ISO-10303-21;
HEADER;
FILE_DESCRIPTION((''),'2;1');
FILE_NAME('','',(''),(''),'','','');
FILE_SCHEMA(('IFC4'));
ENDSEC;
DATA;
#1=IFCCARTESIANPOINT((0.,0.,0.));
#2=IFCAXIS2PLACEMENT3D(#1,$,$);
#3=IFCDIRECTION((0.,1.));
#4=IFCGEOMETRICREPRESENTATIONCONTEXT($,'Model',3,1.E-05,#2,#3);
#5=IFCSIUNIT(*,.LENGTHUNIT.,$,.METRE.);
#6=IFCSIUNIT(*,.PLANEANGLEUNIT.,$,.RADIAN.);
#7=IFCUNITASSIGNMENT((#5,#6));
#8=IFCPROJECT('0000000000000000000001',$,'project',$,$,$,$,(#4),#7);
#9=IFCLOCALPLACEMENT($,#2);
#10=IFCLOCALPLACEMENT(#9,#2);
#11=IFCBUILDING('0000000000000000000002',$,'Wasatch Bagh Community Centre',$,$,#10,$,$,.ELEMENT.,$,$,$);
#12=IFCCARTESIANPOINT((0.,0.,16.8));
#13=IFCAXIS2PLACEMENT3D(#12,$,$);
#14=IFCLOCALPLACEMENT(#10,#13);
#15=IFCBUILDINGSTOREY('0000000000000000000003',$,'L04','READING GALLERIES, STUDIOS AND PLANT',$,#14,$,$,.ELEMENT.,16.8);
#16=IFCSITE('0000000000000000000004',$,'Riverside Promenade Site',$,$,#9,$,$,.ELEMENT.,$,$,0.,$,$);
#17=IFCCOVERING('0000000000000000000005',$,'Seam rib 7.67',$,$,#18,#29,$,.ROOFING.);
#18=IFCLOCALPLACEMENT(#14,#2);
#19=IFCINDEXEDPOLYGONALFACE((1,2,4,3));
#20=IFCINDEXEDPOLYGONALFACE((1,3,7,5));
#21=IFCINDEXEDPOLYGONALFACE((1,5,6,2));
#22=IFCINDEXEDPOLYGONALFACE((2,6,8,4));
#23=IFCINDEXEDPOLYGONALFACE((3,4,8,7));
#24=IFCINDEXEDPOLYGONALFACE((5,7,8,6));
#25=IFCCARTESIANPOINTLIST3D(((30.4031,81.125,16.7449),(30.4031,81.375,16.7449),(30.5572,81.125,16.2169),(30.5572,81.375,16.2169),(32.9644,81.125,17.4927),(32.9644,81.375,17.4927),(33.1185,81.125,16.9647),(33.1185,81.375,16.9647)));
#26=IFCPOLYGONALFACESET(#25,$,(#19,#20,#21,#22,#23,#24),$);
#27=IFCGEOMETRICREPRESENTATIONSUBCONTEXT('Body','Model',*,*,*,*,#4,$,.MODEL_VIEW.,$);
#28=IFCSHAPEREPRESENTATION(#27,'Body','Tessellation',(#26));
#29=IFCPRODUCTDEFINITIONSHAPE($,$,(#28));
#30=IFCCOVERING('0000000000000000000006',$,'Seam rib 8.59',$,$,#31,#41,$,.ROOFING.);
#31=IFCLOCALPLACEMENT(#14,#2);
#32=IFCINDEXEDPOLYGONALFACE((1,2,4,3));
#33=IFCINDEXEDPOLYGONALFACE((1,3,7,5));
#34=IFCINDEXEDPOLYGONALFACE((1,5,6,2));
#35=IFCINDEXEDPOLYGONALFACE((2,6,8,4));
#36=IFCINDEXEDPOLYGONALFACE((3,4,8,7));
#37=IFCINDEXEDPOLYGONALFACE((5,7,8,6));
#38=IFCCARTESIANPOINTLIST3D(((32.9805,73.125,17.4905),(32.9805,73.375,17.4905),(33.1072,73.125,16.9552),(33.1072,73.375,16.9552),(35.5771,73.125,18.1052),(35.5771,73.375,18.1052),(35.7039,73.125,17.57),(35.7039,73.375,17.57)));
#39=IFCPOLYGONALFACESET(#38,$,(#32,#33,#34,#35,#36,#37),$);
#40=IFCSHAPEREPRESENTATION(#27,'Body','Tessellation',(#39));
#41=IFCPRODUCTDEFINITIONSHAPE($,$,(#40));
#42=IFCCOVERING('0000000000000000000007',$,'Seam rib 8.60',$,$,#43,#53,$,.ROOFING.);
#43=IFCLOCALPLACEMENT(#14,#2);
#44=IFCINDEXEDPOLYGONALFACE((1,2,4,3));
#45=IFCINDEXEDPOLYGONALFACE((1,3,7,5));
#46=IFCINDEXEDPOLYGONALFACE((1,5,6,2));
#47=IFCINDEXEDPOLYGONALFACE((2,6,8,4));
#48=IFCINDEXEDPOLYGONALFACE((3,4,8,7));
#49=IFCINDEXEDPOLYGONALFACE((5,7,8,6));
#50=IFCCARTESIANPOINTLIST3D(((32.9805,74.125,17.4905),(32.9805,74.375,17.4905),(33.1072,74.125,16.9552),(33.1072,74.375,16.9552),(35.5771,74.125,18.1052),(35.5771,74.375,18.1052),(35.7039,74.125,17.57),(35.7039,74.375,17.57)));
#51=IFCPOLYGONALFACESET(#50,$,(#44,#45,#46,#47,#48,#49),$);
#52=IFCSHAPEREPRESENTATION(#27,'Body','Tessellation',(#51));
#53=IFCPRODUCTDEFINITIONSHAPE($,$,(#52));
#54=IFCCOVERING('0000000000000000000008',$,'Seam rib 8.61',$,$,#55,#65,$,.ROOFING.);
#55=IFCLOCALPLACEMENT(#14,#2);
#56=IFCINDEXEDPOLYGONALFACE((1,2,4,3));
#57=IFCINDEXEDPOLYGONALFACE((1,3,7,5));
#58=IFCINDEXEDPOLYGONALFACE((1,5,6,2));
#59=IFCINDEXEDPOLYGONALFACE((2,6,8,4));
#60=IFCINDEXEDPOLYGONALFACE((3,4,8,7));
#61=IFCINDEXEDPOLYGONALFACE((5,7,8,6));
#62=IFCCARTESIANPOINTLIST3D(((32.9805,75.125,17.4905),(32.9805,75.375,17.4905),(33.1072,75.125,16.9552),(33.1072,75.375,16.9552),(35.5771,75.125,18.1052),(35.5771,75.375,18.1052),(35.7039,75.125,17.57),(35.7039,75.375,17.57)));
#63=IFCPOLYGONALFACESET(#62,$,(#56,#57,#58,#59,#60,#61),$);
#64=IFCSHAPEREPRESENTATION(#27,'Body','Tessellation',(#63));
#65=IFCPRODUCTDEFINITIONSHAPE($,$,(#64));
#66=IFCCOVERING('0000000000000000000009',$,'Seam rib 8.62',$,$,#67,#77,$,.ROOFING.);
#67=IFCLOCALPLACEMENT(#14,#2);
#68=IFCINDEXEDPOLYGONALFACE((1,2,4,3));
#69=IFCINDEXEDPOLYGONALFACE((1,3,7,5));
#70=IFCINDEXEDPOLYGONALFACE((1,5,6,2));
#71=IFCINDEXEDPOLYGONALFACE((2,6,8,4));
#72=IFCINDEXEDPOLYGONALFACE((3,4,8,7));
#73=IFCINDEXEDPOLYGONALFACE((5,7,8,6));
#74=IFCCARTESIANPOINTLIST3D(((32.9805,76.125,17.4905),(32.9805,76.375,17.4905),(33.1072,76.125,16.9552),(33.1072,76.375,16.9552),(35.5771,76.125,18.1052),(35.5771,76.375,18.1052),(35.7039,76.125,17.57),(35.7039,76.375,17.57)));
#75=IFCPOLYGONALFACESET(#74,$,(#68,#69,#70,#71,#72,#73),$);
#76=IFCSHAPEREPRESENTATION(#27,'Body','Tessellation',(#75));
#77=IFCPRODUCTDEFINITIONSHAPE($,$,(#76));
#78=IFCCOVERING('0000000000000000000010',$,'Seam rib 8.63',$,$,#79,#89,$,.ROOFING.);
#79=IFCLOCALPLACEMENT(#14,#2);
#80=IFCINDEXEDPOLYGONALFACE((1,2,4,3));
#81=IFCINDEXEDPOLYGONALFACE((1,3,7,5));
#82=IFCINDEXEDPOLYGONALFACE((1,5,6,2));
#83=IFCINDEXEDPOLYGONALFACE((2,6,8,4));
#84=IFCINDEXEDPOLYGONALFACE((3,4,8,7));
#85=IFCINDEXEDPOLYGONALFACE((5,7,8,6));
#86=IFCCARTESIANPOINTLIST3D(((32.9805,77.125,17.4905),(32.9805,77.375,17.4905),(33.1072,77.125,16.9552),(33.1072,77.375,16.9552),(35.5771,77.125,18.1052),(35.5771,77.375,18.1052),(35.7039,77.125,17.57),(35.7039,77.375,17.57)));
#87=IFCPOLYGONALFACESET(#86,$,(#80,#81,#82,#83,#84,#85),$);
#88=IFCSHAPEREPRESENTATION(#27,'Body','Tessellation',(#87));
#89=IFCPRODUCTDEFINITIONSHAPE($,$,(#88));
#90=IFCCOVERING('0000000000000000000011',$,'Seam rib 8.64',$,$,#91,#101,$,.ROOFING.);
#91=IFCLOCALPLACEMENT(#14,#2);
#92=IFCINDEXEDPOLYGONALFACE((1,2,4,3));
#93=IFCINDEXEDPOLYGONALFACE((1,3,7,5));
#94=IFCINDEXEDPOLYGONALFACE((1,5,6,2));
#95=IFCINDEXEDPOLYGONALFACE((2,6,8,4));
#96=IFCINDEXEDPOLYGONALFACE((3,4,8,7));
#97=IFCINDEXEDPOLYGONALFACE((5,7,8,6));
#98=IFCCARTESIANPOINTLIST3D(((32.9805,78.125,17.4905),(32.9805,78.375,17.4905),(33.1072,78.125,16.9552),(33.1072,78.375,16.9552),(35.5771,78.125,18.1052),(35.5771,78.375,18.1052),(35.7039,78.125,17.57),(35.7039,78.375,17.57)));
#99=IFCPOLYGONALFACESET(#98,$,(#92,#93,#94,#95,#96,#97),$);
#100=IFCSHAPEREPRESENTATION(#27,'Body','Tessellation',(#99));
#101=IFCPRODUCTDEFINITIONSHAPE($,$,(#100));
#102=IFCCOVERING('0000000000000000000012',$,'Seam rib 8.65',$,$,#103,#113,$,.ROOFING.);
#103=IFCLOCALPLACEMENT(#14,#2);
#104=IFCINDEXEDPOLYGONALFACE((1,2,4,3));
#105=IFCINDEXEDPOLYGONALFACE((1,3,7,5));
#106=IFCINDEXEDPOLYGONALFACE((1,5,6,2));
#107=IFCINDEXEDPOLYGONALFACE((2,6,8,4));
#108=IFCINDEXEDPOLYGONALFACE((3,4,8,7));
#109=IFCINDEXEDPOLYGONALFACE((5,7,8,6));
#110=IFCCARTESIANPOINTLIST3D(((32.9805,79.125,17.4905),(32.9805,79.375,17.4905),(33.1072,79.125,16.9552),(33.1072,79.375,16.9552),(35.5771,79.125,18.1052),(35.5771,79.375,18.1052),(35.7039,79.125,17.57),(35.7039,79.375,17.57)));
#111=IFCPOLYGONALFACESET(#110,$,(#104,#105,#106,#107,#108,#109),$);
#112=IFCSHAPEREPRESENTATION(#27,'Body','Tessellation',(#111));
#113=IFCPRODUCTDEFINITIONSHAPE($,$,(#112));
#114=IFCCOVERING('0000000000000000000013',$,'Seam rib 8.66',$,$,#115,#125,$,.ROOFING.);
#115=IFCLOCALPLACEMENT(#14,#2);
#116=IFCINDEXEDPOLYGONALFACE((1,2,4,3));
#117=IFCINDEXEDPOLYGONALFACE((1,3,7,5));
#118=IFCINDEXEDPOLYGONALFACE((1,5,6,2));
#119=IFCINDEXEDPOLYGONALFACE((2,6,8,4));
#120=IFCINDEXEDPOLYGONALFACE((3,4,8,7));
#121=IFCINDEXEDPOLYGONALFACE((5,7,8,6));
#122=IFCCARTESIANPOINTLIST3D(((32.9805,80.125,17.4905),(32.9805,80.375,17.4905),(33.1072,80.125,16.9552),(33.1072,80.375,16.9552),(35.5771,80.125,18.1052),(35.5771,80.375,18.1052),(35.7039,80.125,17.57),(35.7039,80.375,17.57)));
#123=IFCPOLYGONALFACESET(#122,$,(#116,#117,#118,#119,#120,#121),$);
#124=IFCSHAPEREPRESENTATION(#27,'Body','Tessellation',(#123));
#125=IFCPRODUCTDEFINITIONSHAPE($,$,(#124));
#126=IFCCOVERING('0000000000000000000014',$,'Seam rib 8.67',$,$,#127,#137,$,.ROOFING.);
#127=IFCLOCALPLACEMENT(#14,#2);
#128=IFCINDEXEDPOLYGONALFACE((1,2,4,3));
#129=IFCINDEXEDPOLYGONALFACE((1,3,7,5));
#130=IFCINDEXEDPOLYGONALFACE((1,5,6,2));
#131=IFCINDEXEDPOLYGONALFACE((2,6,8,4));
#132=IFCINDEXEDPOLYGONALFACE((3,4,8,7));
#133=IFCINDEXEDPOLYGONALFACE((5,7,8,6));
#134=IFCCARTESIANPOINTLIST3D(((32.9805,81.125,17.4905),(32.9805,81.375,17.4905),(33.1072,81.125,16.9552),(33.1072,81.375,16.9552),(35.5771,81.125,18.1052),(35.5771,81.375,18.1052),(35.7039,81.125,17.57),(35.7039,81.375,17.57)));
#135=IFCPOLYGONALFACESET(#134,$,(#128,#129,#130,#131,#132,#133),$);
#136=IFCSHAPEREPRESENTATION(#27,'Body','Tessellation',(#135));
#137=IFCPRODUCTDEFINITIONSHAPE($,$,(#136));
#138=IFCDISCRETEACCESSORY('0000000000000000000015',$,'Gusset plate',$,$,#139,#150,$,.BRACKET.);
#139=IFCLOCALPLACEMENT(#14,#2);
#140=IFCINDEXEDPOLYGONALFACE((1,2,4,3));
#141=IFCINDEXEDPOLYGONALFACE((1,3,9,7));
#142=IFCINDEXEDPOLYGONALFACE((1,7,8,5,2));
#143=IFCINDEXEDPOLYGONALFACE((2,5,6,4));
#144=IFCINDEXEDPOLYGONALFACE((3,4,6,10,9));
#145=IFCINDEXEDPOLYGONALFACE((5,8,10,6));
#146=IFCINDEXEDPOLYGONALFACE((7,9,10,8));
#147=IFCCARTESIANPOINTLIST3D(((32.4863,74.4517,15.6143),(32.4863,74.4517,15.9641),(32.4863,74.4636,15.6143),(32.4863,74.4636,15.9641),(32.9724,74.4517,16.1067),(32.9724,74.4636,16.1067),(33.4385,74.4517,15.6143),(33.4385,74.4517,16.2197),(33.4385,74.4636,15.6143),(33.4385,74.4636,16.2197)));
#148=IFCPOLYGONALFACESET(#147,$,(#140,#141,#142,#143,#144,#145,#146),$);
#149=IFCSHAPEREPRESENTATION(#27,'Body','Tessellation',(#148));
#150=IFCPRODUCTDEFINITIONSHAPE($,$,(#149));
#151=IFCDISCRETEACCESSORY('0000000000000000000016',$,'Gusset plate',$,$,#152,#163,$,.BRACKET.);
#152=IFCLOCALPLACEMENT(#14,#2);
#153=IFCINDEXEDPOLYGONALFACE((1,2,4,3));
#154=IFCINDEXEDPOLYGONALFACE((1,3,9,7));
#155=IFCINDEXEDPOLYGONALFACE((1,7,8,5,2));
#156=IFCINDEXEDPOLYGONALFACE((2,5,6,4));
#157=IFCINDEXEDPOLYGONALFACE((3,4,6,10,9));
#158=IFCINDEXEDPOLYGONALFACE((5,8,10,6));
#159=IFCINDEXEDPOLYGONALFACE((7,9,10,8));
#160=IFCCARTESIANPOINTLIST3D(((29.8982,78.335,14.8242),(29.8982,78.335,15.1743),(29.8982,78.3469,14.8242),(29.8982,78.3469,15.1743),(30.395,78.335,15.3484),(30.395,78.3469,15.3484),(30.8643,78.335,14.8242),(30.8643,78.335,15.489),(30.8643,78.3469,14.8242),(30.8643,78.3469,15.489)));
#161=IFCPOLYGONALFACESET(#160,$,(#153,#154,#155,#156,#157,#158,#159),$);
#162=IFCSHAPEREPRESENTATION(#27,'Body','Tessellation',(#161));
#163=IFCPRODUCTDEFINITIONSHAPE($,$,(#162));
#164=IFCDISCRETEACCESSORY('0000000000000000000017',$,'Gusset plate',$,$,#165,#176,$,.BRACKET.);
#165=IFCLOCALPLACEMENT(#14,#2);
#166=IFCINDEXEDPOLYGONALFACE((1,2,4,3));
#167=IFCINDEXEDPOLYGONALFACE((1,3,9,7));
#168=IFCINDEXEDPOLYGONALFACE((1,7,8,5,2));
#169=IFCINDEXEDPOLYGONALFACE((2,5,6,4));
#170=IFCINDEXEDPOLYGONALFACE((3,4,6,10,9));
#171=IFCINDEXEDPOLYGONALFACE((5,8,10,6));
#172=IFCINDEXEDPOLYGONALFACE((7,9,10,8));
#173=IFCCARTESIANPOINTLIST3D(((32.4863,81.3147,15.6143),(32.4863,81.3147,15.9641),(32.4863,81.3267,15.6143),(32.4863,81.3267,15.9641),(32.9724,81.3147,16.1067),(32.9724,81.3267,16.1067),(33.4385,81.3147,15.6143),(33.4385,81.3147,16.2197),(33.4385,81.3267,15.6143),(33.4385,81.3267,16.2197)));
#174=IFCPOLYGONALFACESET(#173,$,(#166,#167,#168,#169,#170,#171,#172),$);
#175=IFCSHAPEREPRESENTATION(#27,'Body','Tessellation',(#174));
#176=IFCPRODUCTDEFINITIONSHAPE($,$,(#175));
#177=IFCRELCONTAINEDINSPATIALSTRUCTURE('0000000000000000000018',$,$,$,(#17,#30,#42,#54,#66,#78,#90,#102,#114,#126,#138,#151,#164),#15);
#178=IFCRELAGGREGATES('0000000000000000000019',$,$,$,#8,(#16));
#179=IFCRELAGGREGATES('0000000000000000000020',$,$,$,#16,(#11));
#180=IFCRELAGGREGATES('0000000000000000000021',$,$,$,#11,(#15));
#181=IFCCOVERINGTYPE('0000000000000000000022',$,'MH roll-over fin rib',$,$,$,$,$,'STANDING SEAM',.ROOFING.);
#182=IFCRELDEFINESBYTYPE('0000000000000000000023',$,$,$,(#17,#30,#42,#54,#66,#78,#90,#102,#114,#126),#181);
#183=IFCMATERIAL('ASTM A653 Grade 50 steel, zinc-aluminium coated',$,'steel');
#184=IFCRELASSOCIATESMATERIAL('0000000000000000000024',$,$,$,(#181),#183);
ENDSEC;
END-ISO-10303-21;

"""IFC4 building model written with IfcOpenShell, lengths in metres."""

from ifc_helpers import new_model, si_unit, direction, frame, origin, place, context, subcontext, project, spatial, polyline, outline, extrude, material, type_object, element, save


model = new_model("IFC4")

# Units and contexts
model_context = context("Model", 3, precision=1e-05, world=origin(), true_north=direction((0.0, 1.0)))
body_context = subcontext(model_context, "Body", "Model", "MODEL_VIEW")
ifc_project = project(units=[si_unit("LENGTHUNIT", "METRE"), si_unit("PLANEANGLEUNIT", "RADIAN")], contexts=[model_context])

# Site, building, storey
site_placement = place(None, origin())
site = spatial("IfcSite", under=ifc_project, at=site_placement, Name="Riverside Promenade Site", CompositionType="ELEMENT", RefElevation=0.0)
building_placement = place(site_placement, origin())
building = spatial("IfcBuilding", under=site, at=building_placement, Name="Wasatch Bagh Community Centre", CompositionType="ELEMENT")
storey_placement = place(building_placement, frame((0.0, 0.0, 16.8)))
storey = spatial("IfcBuildingStorey", under=building, at=storey_placement, Name="L04", Description="READING GALLERIES, STUDIOS AND PLANT", CompositionType="ELEMENT", Elevation=16.8)

# Coverings
ifc_material_1 = material(Name="ASTM A653 Grade 50 steel, zinc-aluminium coated", Category="steel")
covering_type = type_object("IfcCoveringType", Name="MH roll-over fin rib", ElementType="STANDING SEAM", PredefinedType="ROOFING", material=ifc_material_1)
for number, where, z_axis, x_axis, name in (
    (1, (30.4031, 81.125, 16.7449), (-0.280264, 0.0, 0.959923), (0.959923, 0.0, 0.280264), "Seam rib 7.67"),
):
    element("IfcCovering", number, at=place(storey_placement, frame(where, z_axis=z_axis, x_axis=x_axis)), inside=storey, type_object=covering_type, Name=name, PredefinedType="ROOFING", context=body_context, shape_type="SweptSolid", body=[
        extrude(outline(polyline([(0.0, 0.0), (2.6682, 0.0), (2.6682, 0.25), (0.0, 0.25), (0.0, 0.0)])), origin(), (0.0, 0.0, -1.0), 0.55),
    ])
for number, where, z_axis, x_axis, name in (
    (2, (32.9805, 73.125, 17.4905), (-0.230375, 0.0, 0.973102), (0.973102, 0.0, 0.230375), "Seam rib 8.59"),
    (3, (32.9805, 74.125, 17.4905), (-0.230375, 0.0, 0.973102), (0.973102, 0.0, 0.230375), "Seam rib 8.60"),
    (4, (32.9805, 75.125, 17.4905), (-0.230375, 0.0, 0.973102), (0.973102, 0.0, 0.230375), "Seam rib 8.61"),
    (5, (32.9805, 76.125, 17.4905), (-0.230375, 0.0, 0.973102), (0.973102, 0.0, 0.230375), "Seam rib 8.62"),
    (6, (32.9805, 77.125, 17.4905), (-0.230375, 0.0, 0.973102), (0.973102, 0.0, 0.230375), "Seam rib 8.63"),
    (7, (32.9805, 78.125, 17.4905), (-0.230375, 0.0, 0.973102), (0.973102, 0.0, 0.230375), "Seam rib 8.64"),
    (8, (32.9805, 79.125, 17.4905), (-0.230375, 0.0, 0.973102), (0.973102, 0.0, 0.230375), "Seam rib 8.65"),
    (9, (32.9805, 80.125, 17.4905), (-0.230375, 0.0, 0.973102), (0.973102, 0.0, 0.230375), "Seam rib 8.66"),
    (10, (32.9805, 81.125, 17.4905), (-0.230375, 0.0, 0.973102), (0.973102, 0.0, 0.230375), "Seam rib 8.67"),
):
    element("IfcCovering", number, at=place(storey_placement, frame(where, z_axis=z_axis, x_axis=x_axis)), inside=storey, type_object=covering_type, Name=name, PredefinedType="ROOFING", context=body_context, shape_type="SweptSolid", body=[
        extrude(outline(polyline([(0.0, 0.0), (2.6685, 0.0), (2.6685, 0.25), (0.0, 0.25), (0.0, 0.0)])), origin(), (0.0, 0.0, -1.0), 0.55),
    ])

# Discrete accessories
discrete_accessory_1_placement = place(storey_placement, frame((32.4863, 74.4636, 15.9641), z_axis=(0.0, 1.0, 0.0), x_axis=(0.959572, 0.0, 0.281462)))
element("IfcDiscreteAccessory", 11, at=discrete_accessory_1_placement, inside=storey, Name="Gusset plate", PredefinedType="BRACKET", context=body_context, shape_type="SweptSolid", body=[
    extrude(outline(polyline([(0.0, 0.0), (0.5066, 0.0), (0.9856, 0.0227), (0.8152, 0.6037), (-0.0985, 0.3357), (0.0, 0.0)])), origin(), (0.0, 0.0, -1.0), 0.012),
])
discrete_accessory_2_placement = place(storey_placement, frame((29.8982, 78.3469, 15.1743), z_axis=(0.0, 1.0, 0.0), x_axis=(0.94375, 0.0, 0.33066)))
element("IfcDiscreteAccessory", 12, at=discrete_accessory_2_placement, inside=storey, Name="Gusset plate", PredefinedType="BRACKET", context=body_context, shape_type="SweptSolid", body=[
    extrude(outline(polyline([(0.0, 0.0), (0.5264, 0.0), (1.0158, 0.0224), (0.796, 0.6498), (-0.1158, 0.3304), (0.0, 0.0)])), origin(), (0.0, 0.0, -1.0), 0.012),
])
discrete_accessory_3_placement = place(storey_placement, frame((32.4863, 81.3267, 15.9641), z_axis=(0.0, 1.0, 0.0), x_axis=(0.959572, 0.0, 0.281462)))
element("IfcDiscreteAccessory", 13, at=discrete_accessory_3_placement, inside=storey, Name="Gusset plate", PredefinedType="BRACKET", context=body_context, shape_type="SweptSolid", body=[
    extrude(outline(polyline([(0.0, 0.0), (0.5066, 0.0), (0.9856, 0.0227), (0.8152, 0.6037), (-0.0985, 0.3357), (0.0, 0.0)])), origin(), (0.0, 0.0, -1.0), 0.012),
])

save(model, "model.ifc")
